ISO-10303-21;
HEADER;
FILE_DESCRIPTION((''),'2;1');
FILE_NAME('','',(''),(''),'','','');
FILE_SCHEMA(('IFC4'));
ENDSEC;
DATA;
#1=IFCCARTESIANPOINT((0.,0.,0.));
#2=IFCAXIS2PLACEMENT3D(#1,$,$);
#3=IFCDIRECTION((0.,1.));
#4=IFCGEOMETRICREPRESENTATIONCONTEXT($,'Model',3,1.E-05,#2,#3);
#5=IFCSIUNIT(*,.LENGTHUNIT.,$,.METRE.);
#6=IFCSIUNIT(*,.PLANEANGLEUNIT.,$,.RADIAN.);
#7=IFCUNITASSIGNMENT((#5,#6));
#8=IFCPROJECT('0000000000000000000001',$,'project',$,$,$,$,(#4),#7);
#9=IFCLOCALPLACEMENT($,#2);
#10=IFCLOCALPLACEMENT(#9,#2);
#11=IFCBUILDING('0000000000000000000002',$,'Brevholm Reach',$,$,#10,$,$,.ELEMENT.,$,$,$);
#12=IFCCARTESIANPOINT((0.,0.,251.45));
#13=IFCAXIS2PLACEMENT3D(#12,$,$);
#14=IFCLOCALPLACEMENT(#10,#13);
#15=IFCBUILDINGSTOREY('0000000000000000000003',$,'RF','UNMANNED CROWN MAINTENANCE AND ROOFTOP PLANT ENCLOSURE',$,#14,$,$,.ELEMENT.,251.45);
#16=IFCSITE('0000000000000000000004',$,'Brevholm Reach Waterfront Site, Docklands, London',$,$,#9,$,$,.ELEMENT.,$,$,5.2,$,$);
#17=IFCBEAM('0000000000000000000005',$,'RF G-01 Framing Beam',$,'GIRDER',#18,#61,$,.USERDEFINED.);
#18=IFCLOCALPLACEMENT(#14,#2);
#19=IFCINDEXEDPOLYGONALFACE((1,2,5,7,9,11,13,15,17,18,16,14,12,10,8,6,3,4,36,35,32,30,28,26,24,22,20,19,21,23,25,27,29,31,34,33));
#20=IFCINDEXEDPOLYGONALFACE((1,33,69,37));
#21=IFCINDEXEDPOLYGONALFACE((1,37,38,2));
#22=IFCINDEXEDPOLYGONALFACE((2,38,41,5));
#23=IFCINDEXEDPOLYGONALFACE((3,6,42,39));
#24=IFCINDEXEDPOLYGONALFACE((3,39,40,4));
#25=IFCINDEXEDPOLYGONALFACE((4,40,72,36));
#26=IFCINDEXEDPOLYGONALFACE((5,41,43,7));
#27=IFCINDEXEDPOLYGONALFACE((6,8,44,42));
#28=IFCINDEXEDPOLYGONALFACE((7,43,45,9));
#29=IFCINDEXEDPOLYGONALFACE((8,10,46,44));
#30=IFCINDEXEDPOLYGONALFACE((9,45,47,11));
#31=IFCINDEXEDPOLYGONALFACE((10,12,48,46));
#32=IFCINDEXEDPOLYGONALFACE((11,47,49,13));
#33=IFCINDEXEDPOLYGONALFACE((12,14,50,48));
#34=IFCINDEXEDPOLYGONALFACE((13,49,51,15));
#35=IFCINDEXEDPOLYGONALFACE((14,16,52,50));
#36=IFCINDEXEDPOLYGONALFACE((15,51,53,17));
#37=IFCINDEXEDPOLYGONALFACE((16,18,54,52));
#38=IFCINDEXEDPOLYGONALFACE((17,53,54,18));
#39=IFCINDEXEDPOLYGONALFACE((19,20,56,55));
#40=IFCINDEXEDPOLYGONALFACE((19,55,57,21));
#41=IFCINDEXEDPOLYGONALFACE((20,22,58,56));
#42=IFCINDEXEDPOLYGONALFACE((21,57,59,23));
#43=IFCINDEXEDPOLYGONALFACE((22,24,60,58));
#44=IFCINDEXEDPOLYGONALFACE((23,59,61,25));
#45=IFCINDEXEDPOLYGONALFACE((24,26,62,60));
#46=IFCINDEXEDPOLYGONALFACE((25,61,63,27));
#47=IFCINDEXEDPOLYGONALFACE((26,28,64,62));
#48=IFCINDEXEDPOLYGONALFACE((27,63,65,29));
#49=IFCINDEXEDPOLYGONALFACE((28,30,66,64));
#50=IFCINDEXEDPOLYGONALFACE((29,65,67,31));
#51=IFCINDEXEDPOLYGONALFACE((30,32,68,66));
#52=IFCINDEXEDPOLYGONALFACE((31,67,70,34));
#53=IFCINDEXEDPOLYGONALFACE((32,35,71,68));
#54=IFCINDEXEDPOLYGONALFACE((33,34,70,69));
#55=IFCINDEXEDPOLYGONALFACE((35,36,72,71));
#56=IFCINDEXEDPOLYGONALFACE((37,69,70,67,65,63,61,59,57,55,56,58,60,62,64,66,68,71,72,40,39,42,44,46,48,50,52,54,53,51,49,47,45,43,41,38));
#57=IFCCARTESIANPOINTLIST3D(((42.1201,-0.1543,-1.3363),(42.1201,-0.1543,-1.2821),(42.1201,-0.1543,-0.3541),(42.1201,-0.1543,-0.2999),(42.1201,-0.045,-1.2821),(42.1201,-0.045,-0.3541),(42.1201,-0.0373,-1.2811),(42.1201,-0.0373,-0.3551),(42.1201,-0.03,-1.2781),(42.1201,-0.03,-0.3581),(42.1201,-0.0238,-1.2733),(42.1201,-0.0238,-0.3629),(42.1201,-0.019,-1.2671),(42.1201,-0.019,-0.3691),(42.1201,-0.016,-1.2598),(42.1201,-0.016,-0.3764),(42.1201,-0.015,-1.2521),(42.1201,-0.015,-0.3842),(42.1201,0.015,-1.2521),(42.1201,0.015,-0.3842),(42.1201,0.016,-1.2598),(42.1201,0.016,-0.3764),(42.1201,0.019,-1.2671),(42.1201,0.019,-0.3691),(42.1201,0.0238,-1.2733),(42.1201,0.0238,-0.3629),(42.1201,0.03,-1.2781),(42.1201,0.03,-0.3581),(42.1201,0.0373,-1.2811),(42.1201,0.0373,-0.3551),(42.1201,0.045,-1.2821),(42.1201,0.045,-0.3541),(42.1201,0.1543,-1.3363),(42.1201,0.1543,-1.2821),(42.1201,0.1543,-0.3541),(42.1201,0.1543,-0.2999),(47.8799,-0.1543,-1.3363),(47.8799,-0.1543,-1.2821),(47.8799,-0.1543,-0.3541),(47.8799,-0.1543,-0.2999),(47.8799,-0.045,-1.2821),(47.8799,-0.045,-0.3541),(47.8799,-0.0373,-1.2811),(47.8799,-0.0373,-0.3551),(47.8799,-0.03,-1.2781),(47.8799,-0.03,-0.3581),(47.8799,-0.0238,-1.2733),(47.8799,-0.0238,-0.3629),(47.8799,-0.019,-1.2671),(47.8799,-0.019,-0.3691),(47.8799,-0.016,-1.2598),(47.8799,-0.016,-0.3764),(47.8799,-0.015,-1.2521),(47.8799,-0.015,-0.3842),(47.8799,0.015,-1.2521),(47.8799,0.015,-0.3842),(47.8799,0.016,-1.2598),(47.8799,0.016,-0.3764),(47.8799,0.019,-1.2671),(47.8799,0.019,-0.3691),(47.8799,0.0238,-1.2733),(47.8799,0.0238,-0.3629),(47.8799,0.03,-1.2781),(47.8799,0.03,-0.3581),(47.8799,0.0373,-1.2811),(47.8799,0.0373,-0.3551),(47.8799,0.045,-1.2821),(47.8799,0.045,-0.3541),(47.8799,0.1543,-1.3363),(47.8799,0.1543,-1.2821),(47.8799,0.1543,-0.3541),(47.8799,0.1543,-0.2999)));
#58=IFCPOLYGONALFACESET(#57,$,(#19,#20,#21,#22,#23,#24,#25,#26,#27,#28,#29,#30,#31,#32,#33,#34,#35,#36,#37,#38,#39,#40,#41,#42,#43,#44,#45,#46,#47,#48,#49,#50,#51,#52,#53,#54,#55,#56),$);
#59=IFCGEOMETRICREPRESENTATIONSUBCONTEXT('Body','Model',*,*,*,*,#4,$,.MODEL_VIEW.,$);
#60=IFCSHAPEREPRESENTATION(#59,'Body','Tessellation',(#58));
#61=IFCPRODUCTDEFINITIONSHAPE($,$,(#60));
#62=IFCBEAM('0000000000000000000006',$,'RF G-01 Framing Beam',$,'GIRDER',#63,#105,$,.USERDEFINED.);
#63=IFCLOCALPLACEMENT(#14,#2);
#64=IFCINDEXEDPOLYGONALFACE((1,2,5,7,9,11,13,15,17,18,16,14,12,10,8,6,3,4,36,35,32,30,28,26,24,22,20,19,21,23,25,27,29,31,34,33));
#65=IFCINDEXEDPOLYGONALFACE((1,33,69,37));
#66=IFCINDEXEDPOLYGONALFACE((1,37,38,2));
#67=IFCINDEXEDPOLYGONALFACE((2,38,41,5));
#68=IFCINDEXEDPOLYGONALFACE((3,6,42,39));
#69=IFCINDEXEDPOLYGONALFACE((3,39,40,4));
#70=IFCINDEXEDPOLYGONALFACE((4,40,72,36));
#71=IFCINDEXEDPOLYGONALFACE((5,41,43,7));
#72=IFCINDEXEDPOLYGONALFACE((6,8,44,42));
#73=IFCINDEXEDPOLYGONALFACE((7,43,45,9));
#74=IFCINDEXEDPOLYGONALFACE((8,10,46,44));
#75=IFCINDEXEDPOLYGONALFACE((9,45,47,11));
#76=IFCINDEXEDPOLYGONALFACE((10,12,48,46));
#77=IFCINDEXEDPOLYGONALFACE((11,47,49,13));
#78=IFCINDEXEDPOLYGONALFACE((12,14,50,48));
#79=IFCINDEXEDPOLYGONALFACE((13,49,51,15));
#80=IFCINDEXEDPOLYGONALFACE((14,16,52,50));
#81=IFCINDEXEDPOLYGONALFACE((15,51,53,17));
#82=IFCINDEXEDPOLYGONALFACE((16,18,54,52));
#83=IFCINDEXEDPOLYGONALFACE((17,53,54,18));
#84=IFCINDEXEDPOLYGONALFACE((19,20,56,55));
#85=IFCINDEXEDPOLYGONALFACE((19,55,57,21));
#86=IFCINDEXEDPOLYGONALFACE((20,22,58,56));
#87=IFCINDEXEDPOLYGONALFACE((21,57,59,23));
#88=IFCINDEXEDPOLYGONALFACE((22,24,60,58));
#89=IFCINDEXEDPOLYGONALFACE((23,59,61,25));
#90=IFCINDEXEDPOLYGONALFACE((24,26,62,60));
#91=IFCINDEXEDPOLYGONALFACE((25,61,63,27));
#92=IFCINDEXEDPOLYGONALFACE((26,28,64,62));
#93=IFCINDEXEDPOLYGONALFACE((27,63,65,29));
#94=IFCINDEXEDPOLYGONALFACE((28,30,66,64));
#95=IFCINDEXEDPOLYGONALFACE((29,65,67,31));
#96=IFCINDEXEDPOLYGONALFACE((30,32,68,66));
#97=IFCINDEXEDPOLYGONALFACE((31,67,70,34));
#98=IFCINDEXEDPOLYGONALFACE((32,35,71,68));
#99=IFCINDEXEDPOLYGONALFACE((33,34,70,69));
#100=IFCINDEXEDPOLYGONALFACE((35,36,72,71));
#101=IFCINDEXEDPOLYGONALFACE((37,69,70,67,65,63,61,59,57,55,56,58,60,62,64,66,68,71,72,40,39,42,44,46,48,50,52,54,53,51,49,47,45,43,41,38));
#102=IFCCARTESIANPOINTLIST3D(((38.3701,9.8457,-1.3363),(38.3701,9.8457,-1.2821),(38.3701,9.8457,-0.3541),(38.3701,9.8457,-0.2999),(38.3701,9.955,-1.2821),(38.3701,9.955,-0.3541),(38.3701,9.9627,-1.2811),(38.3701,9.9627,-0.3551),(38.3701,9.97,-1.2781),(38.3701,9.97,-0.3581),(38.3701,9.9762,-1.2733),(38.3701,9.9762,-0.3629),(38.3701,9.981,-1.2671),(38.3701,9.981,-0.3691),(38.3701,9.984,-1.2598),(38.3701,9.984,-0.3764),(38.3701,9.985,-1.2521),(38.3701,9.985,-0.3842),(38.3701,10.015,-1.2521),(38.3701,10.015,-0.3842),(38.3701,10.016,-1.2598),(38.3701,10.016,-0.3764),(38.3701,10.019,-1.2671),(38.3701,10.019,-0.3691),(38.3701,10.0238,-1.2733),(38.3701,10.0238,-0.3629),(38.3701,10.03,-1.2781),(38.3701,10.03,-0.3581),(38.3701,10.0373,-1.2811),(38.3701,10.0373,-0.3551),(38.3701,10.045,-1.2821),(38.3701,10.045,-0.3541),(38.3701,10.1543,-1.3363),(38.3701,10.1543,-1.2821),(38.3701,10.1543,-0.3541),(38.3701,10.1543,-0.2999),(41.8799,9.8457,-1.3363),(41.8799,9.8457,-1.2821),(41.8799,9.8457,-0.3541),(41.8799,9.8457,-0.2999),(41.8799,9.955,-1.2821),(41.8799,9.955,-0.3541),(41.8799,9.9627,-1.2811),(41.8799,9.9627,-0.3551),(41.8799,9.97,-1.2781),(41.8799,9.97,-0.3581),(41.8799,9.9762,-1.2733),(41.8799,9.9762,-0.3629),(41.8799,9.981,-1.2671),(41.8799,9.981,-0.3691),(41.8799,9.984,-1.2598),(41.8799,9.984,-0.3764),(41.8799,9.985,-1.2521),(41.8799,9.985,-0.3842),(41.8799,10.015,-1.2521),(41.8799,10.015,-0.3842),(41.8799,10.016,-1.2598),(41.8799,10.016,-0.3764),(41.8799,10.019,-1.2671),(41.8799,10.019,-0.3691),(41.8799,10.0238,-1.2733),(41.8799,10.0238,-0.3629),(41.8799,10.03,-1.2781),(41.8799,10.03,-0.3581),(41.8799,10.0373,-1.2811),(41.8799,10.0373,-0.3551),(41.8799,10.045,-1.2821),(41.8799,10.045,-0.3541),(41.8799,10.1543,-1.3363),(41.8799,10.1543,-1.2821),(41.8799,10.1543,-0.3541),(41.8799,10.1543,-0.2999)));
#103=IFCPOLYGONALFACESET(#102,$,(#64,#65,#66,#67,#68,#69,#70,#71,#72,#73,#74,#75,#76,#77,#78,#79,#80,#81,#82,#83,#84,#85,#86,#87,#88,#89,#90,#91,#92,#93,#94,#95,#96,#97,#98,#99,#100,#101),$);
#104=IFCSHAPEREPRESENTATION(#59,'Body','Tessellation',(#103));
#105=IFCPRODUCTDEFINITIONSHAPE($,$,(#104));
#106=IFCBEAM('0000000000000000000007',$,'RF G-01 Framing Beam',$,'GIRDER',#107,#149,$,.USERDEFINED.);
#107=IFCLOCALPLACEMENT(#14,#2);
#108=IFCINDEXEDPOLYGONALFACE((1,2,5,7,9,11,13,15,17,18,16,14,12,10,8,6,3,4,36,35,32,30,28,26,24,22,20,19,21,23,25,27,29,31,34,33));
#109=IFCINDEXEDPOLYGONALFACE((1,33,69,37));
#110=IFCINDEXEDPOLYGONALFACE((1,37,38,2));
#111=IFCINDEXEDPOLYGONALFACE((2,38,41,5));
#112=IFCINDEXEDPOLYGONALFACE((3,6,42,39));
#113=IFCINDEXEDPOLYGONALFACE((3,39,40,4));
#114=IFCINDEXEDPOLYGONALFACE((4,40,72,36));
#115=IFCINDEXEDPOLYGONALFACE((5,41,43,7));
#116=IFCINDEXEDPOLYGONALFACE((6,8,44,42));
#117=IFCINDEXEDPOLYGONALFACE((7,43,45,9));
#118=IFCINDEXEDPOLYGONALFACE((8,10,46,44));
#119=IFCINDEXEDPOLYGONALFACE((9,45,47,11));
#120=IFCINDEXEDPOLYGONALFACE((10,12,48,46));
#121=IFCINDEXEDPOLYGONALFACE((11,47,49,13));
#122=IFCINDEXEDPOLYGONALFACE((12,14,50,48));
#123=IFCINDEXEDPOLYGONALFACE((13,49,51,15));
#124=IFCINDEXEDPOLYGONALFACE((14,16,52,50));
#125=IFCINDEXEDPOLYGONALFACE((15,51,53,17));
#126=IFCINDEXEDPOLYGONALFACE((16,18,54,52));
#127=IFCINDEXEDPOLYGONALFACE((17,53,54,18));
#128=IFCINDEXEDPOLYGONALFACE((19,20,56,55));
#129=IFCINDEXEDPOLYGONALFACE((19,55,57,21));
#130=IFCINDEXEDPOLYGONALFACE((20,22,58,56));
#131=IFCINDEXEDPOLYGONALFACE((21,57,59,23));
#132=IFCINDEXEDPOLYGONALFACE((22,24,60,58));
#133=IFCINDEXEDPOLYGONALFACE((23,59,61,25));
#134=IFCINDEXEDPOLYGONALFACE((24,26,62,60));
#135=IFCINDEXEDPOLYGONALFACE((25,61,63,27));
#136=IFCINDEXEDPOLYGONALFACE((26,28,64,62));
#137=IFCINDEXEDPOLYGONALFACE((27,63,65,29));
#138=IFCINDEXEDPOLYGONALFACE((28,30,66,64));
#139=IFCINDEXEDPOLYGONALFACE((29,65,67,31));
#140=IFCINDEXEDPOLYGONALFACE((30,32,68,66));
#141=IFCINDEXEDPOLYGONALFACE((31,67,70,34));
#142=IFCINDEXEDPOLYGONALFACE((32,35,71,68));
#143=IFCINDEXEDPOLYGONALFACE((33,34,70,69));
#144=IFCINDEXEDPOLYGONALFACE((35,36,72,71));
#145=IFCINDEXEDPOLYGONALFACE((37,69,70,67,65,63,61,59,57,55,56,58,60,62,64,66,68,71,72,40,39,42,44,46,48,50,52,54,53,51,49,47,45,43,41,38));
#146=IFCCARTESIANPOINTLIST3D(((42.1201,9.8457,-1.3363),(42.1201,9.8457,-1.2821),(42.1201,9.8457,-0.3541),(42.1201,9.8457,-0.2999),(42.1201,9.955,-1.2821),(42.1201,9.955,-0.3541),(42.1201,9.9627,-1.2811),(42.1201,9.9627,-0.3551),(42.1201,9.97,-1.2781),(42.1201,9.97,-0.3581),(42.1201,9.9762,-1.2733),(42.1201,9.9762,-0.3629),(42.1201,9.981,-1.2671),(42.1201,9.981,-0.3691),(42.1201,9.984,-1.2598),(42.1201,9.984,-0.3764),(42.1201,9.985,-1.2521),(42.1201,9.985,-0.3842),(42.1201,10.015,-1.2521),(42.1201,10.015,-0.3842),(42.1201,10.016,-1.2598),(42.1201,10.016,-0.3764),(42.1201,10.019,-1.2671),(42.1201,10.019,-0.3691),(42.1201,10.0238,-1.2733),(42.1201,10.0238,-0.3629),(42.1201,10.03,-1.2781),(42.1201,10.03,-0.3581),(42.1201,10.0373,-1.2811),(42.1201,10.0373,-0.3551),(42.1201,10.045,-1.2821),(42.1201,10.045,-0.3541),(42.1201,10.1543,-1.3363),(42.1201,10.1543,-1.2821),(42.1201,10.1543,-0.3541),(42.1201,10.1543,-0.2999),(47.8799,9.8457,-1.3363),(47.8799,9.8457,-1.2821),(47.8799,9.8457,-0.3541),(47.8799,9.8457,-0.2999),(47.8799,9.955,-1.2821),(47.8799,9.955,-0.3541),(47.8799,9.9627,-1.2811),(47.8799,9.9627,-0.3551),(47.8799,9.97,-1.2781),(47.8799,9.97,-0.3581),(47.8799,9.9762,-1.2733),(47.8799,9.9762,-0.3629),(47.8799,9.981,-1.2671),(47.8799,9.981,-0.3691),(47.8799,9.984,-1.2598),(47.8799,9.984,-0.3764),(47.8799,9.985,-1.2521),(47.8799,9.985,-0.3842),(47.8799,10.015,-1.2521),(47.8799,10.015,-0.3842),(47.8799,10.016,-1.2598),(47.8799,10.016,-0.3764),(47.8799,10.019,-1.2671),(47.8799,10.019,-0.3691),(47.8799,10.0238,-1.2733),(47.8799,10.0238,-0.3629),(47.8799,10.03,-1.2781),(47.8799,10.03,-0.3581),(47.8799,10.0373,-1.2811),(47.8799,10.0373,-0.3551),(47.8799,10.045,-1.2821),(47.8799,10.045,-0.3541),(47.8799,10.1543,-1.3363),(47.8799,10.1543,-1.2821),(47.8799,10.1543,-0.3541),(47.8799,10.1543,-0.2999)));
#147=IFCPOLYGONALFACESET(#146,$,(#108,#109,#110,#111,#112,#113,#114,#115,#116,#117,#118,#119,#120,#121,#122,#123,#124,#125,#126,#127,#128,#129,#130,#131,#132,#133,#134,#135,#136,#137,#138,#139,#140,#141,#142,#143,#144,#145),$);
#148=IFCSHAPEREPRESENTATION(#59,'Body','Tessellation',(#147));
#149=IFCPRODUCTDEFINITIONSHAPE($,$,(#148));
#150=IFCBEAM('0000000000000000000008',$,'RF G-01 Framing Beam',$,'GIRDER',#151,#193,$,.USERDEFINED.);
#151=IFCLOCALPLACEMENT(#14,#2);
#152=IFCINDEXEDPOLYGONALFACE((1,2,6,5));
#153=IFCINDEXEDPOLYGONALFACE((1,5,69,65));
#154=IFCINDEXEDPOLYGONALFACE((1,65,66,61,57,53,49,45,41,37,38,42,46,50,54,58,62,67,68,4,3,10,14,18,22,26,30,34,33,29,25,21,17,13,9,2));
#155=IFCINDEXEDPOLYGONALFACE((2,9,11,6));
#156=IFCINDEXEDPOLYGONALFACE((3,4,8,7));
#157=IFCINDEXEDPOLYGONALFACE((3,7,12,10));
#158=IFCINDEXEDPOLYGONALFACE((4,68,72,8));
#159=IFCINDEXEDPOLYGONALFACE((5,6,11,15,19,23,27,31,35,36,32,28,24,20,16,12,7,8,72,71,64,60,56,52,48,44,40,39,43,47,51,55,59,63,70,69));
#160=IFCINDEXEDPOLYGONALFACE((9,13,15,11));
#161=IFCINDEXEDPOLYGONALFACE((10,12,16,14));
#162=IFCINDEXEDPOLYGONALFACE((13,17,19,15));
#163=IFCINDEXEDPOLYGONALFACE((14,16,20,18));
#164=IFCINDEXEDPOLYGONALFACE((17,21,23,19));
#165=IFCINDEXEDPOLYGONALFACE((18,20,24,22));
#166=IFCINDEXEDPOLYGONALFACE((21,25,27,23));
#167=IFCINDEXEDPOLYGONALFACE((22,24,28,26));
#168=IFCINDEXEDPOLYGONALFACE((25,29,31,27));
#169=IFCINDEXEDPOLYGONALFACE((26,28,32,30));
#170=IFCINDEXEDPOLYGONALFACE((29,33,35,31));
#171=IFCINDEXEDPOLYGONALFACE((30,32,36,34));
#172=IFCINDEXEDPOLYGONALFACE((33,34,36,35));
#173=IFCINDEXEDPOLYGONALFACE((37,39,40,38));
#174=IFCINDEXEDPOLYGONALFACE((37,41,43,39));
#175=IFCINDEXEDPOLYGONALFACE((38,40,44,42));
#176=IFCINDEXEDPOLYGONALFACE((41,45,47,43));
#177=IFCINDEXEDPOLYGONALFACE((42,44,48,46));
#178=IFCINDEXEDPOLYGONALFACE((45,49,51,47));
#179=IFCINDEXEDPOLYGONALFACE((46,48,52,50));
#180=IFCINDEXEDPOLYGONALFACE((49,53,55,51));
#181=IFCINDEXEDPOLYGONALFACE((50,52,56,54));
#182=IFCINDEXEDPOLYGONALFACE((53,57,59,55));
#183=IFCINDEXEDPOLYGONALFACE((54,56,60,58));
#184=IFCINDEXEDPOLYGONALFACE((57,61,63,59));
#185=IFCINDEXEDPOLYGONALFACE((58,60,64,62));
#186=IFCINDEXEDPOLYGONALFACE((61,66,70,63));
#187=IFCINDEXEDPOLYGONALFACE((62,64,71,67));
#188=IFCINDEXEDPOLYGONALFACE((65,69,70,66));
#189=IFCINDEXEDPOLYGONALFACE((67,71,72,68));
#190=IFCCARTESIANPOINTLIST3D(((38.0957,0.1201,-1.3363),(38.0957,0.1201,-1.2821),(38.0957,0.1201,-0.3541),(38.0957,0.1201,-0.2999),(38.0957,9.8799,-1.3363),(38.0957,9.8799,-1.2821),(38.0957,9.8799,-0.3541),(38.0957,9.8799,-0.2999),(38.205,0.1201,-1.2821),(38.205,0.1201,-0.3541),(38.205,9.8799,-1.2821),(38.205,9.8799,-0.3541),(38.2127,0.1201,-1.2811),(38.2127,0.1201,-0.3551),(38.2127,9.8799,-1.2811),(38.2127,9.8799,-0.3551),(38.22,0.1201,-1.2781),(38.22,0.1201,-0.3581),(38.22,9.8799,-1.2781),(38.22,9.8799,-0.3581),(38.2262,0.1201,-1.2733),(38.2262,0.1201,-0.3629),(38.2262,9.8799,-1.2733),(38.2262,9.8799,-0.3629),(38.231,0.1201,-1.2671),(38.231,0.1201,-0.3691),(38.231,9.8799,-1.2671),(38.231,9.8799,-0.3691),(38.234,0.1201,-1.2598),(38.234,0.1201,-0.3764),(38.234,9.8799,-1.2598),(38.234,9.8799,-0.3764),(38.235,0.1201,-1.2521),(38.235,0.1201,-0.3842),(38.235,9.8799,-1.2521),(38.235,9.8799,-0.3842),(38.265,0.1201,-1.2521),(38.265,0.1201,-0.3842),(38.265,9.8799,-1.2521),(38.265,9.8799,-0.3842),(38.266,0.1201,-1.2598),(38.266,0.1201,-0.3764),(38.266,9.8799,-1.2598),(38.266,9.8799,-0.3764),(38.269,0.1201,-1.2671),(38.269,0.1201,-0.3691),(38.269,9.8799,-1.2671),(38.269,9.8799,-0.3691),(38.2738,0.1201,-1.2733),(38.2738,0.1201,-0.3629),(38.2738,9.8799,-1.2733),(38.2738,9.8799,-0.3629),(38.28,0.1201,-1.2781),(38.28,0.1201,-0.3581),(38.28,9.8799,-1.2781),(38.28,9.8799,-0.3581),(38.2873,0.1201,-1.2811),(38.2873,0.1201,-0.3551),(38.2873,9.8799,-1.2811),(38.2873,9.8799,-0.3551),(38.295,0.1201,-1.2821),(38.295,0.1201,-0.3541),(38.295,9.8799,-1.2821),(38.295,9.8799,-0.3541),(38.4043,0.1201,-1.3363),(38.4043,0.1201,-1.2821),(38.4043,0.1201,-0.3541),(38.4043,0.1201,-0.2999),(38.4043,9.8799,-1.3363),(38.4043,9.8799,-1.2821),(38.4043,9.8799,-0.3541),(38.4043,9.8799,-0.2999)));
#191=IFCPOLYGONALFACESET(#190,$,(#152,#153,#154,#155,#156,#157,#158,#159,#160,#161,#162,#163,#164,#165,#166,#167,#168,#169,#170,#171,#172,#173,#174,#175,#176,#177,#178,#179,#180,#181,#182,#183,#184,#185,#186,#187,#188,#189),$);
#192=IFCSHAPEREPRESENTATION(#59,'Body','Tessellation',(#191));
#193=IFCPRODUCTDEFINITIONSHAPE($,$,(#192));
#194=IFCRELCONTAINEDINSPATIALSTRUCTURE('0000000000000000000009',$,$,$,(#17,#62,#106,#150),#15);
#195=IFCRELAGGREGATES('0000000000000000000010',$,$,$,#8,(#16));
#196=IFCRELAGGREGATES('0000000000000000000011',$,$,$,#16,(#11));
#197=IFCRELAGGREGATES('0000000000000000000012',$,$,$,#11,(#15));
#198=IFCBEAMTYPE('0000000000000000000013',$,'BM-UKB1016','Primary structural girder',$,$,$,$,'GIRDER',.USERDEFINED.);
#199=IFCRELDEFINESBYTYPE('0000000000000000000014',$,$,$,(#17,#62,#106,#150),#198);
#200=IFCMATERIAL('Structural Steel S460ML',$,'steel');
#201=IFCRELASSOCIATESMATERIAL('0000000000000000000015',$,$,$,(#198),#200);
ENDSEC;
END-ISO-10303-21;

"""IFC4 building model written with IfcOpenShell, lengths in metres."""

from ifc_helpers import new_model, si_unit, direction, frame, origin, origin_2d, place, context, subcontext, project, spatial, i_section, extrude, material, material_profile, profile_set, type_object, element, save


model = new_model("IFC4")

# Units and contexts
model_context = context("Model", 3, precision=1e-05, world=origin(), true_north=direction((0.0, 1.0)))
body_context = subcontext(model_context, "Body", "Model", "MODEL_VIEW")
ifc_project = project(units=[si_unit("LENGTHUNIT", "METRE"), si_unit("PLANEANGLEUNIT", "RADIAN")], contexts=[model_context])

# Site, building, storey
site_placement = place(None, origin())
site = spatial("IfcSite", under=ifc_project, at=site_placement, Name="Brevholm Reach Waterfront Site, Docklands, London", CompositionType="ELEMENT", RefElevation=5.2)
building_placement = place(site_placement, origin())
building = spatial("IfcBuilding", under=site, at=building_placement, Name="Brevholm Reach", CompositionType="ELEMENT")
storey_placement = place(building_placement, frame((0.0, 0.0, 251.45)))
storey = spatial("IfcBuildingStorey", under=building, at=storey_placement, Name="RF", Description="UNMANNED CROWN MAINTENANCE AND ROOFTOP PLANT ENCLOSURE", CompositionType="ELEMENT", Elevation=251.45)

# Beams
ifc_material_1 = material(Name="Structural Steel S460ML", Category="steel")
ifc_material_profile_1 = material_profile(ifc_material_1, i_section(OverallWidth=0.3086, OverallDepth=1.0364, WebThickness=0.03, FlangeThickness=0.0542, FilletRadius=0.03, at=origin_2d()), Name="UKB 1016x305x487")
ifc_profile_set_1 = profile_set([ifc_material_profile_1], Name="Structural Steel S460ML")
beam_type_1 = type_object("IfcBeamType", Name="BM-UKB1016", Description="Primary structural girder", ElementType="GIRDER", PredefinedType="USERDEFINED", material=ifc_profile_set_1)
beam_1_placement = place(storey_placement, frame((42.1201, 0.0, -0.8181), z_axis=(1.0, 0.0, 0.0), x_axis=(0.0, 1.0, 0.0)))
element("IfcBeam", 1, at=beam_1_placement, inside=storey, type_object=beam_type_1, Name="RF G-01 Framing Beam", ObjectType="GIRDER", PredefinedType="USERDEFINED", context=body_context, shape_type="SweptSolid", body=[
    extrude(i_section(OverallWidth=0.3086, OverallDepth=1.0364, WebThickness=0.03, FlangeThickness=0.0542, FilletRadius=0.03, at=origin_2d()), origin(), (0.0, 0.0, 1.0), 5.7598),
])
beam_2_placement = place(storey_placement, frame((38.3701, 10.0, -0.8181), z_axis=(1.0, 0.0, 0.0), x_axis=(0.0, 1.0, 0.0)))
element("IfcBeam", 2, at=beam_2_placement, inside=storey, type_object=beam_type_1, Name="RF G-01 Framing Beam", ObjectType="GIRDER", PredefinedType="USERDEFINED", context=body_context, shape_type="SweptSolid", body=[
    extrude(i_section(OverallWidth=0.3086, OverallDepth=1.0364, WebThickness=0.03, FlangeThickness=0.0542, FilletRadius=0.03, at=origin_2d()), origin(), (0.0, 0.0, 1.0), 3.5098),
])
beam_3_placement = place(storey_placement, frame((42.1201, 10.0, -0.8181), z_axis=(1.0, 0.0, 0.0), x_axis=(0.0, 1.0, 0.0)))
element("IfcBeam", 3, at=beam_3_placement, inside=storey, type_object=beam_type_1, Name="RF G-01 Framing Beam", ObjectType="GIRDER", PredefinedType="USERDEFINED", context=body_context, shape_type="SweptSolid", body=[
    extrude(i_section(OverallWidth=0.3086, OverallDepth=1.0364, WebThickness=0.03, FlangeThickness=0.0542, FilletRadius=0.03, at=origin_2d()), origin(), (0.0, 0.0, 1.0), 5.7598),
])
for number, where, z_axis, x_axis, name in (
    (4, (38.25, 0.1201, -0.8181), (0.0, 1.0, 0.0), (-1.0, 0.0, 0.0), "RF G-01 Framing Beam"),
):
    element("IfcBeam", number, at=place(storey_placement, frame(where, z_axis=z_axis, x_axis=x_axis)), inside=storey, type_object=beam_type_1, Name=name, ObjectType="GIRDER", PredefinedType="USERDEFINED", context=body_context, shape_type="SweptSolid", body=[
        extrude(i_section(OverallWidth=0.3086, OverallDepth=1.0364, WebThickness=0.03, FlangeThickness=0.0542, FilletRadius=0.03, at=origin_2d()), origin(), (0.0, 0.0, 1.0), 9.7598),
    ])

save(model, "model.ifc")
